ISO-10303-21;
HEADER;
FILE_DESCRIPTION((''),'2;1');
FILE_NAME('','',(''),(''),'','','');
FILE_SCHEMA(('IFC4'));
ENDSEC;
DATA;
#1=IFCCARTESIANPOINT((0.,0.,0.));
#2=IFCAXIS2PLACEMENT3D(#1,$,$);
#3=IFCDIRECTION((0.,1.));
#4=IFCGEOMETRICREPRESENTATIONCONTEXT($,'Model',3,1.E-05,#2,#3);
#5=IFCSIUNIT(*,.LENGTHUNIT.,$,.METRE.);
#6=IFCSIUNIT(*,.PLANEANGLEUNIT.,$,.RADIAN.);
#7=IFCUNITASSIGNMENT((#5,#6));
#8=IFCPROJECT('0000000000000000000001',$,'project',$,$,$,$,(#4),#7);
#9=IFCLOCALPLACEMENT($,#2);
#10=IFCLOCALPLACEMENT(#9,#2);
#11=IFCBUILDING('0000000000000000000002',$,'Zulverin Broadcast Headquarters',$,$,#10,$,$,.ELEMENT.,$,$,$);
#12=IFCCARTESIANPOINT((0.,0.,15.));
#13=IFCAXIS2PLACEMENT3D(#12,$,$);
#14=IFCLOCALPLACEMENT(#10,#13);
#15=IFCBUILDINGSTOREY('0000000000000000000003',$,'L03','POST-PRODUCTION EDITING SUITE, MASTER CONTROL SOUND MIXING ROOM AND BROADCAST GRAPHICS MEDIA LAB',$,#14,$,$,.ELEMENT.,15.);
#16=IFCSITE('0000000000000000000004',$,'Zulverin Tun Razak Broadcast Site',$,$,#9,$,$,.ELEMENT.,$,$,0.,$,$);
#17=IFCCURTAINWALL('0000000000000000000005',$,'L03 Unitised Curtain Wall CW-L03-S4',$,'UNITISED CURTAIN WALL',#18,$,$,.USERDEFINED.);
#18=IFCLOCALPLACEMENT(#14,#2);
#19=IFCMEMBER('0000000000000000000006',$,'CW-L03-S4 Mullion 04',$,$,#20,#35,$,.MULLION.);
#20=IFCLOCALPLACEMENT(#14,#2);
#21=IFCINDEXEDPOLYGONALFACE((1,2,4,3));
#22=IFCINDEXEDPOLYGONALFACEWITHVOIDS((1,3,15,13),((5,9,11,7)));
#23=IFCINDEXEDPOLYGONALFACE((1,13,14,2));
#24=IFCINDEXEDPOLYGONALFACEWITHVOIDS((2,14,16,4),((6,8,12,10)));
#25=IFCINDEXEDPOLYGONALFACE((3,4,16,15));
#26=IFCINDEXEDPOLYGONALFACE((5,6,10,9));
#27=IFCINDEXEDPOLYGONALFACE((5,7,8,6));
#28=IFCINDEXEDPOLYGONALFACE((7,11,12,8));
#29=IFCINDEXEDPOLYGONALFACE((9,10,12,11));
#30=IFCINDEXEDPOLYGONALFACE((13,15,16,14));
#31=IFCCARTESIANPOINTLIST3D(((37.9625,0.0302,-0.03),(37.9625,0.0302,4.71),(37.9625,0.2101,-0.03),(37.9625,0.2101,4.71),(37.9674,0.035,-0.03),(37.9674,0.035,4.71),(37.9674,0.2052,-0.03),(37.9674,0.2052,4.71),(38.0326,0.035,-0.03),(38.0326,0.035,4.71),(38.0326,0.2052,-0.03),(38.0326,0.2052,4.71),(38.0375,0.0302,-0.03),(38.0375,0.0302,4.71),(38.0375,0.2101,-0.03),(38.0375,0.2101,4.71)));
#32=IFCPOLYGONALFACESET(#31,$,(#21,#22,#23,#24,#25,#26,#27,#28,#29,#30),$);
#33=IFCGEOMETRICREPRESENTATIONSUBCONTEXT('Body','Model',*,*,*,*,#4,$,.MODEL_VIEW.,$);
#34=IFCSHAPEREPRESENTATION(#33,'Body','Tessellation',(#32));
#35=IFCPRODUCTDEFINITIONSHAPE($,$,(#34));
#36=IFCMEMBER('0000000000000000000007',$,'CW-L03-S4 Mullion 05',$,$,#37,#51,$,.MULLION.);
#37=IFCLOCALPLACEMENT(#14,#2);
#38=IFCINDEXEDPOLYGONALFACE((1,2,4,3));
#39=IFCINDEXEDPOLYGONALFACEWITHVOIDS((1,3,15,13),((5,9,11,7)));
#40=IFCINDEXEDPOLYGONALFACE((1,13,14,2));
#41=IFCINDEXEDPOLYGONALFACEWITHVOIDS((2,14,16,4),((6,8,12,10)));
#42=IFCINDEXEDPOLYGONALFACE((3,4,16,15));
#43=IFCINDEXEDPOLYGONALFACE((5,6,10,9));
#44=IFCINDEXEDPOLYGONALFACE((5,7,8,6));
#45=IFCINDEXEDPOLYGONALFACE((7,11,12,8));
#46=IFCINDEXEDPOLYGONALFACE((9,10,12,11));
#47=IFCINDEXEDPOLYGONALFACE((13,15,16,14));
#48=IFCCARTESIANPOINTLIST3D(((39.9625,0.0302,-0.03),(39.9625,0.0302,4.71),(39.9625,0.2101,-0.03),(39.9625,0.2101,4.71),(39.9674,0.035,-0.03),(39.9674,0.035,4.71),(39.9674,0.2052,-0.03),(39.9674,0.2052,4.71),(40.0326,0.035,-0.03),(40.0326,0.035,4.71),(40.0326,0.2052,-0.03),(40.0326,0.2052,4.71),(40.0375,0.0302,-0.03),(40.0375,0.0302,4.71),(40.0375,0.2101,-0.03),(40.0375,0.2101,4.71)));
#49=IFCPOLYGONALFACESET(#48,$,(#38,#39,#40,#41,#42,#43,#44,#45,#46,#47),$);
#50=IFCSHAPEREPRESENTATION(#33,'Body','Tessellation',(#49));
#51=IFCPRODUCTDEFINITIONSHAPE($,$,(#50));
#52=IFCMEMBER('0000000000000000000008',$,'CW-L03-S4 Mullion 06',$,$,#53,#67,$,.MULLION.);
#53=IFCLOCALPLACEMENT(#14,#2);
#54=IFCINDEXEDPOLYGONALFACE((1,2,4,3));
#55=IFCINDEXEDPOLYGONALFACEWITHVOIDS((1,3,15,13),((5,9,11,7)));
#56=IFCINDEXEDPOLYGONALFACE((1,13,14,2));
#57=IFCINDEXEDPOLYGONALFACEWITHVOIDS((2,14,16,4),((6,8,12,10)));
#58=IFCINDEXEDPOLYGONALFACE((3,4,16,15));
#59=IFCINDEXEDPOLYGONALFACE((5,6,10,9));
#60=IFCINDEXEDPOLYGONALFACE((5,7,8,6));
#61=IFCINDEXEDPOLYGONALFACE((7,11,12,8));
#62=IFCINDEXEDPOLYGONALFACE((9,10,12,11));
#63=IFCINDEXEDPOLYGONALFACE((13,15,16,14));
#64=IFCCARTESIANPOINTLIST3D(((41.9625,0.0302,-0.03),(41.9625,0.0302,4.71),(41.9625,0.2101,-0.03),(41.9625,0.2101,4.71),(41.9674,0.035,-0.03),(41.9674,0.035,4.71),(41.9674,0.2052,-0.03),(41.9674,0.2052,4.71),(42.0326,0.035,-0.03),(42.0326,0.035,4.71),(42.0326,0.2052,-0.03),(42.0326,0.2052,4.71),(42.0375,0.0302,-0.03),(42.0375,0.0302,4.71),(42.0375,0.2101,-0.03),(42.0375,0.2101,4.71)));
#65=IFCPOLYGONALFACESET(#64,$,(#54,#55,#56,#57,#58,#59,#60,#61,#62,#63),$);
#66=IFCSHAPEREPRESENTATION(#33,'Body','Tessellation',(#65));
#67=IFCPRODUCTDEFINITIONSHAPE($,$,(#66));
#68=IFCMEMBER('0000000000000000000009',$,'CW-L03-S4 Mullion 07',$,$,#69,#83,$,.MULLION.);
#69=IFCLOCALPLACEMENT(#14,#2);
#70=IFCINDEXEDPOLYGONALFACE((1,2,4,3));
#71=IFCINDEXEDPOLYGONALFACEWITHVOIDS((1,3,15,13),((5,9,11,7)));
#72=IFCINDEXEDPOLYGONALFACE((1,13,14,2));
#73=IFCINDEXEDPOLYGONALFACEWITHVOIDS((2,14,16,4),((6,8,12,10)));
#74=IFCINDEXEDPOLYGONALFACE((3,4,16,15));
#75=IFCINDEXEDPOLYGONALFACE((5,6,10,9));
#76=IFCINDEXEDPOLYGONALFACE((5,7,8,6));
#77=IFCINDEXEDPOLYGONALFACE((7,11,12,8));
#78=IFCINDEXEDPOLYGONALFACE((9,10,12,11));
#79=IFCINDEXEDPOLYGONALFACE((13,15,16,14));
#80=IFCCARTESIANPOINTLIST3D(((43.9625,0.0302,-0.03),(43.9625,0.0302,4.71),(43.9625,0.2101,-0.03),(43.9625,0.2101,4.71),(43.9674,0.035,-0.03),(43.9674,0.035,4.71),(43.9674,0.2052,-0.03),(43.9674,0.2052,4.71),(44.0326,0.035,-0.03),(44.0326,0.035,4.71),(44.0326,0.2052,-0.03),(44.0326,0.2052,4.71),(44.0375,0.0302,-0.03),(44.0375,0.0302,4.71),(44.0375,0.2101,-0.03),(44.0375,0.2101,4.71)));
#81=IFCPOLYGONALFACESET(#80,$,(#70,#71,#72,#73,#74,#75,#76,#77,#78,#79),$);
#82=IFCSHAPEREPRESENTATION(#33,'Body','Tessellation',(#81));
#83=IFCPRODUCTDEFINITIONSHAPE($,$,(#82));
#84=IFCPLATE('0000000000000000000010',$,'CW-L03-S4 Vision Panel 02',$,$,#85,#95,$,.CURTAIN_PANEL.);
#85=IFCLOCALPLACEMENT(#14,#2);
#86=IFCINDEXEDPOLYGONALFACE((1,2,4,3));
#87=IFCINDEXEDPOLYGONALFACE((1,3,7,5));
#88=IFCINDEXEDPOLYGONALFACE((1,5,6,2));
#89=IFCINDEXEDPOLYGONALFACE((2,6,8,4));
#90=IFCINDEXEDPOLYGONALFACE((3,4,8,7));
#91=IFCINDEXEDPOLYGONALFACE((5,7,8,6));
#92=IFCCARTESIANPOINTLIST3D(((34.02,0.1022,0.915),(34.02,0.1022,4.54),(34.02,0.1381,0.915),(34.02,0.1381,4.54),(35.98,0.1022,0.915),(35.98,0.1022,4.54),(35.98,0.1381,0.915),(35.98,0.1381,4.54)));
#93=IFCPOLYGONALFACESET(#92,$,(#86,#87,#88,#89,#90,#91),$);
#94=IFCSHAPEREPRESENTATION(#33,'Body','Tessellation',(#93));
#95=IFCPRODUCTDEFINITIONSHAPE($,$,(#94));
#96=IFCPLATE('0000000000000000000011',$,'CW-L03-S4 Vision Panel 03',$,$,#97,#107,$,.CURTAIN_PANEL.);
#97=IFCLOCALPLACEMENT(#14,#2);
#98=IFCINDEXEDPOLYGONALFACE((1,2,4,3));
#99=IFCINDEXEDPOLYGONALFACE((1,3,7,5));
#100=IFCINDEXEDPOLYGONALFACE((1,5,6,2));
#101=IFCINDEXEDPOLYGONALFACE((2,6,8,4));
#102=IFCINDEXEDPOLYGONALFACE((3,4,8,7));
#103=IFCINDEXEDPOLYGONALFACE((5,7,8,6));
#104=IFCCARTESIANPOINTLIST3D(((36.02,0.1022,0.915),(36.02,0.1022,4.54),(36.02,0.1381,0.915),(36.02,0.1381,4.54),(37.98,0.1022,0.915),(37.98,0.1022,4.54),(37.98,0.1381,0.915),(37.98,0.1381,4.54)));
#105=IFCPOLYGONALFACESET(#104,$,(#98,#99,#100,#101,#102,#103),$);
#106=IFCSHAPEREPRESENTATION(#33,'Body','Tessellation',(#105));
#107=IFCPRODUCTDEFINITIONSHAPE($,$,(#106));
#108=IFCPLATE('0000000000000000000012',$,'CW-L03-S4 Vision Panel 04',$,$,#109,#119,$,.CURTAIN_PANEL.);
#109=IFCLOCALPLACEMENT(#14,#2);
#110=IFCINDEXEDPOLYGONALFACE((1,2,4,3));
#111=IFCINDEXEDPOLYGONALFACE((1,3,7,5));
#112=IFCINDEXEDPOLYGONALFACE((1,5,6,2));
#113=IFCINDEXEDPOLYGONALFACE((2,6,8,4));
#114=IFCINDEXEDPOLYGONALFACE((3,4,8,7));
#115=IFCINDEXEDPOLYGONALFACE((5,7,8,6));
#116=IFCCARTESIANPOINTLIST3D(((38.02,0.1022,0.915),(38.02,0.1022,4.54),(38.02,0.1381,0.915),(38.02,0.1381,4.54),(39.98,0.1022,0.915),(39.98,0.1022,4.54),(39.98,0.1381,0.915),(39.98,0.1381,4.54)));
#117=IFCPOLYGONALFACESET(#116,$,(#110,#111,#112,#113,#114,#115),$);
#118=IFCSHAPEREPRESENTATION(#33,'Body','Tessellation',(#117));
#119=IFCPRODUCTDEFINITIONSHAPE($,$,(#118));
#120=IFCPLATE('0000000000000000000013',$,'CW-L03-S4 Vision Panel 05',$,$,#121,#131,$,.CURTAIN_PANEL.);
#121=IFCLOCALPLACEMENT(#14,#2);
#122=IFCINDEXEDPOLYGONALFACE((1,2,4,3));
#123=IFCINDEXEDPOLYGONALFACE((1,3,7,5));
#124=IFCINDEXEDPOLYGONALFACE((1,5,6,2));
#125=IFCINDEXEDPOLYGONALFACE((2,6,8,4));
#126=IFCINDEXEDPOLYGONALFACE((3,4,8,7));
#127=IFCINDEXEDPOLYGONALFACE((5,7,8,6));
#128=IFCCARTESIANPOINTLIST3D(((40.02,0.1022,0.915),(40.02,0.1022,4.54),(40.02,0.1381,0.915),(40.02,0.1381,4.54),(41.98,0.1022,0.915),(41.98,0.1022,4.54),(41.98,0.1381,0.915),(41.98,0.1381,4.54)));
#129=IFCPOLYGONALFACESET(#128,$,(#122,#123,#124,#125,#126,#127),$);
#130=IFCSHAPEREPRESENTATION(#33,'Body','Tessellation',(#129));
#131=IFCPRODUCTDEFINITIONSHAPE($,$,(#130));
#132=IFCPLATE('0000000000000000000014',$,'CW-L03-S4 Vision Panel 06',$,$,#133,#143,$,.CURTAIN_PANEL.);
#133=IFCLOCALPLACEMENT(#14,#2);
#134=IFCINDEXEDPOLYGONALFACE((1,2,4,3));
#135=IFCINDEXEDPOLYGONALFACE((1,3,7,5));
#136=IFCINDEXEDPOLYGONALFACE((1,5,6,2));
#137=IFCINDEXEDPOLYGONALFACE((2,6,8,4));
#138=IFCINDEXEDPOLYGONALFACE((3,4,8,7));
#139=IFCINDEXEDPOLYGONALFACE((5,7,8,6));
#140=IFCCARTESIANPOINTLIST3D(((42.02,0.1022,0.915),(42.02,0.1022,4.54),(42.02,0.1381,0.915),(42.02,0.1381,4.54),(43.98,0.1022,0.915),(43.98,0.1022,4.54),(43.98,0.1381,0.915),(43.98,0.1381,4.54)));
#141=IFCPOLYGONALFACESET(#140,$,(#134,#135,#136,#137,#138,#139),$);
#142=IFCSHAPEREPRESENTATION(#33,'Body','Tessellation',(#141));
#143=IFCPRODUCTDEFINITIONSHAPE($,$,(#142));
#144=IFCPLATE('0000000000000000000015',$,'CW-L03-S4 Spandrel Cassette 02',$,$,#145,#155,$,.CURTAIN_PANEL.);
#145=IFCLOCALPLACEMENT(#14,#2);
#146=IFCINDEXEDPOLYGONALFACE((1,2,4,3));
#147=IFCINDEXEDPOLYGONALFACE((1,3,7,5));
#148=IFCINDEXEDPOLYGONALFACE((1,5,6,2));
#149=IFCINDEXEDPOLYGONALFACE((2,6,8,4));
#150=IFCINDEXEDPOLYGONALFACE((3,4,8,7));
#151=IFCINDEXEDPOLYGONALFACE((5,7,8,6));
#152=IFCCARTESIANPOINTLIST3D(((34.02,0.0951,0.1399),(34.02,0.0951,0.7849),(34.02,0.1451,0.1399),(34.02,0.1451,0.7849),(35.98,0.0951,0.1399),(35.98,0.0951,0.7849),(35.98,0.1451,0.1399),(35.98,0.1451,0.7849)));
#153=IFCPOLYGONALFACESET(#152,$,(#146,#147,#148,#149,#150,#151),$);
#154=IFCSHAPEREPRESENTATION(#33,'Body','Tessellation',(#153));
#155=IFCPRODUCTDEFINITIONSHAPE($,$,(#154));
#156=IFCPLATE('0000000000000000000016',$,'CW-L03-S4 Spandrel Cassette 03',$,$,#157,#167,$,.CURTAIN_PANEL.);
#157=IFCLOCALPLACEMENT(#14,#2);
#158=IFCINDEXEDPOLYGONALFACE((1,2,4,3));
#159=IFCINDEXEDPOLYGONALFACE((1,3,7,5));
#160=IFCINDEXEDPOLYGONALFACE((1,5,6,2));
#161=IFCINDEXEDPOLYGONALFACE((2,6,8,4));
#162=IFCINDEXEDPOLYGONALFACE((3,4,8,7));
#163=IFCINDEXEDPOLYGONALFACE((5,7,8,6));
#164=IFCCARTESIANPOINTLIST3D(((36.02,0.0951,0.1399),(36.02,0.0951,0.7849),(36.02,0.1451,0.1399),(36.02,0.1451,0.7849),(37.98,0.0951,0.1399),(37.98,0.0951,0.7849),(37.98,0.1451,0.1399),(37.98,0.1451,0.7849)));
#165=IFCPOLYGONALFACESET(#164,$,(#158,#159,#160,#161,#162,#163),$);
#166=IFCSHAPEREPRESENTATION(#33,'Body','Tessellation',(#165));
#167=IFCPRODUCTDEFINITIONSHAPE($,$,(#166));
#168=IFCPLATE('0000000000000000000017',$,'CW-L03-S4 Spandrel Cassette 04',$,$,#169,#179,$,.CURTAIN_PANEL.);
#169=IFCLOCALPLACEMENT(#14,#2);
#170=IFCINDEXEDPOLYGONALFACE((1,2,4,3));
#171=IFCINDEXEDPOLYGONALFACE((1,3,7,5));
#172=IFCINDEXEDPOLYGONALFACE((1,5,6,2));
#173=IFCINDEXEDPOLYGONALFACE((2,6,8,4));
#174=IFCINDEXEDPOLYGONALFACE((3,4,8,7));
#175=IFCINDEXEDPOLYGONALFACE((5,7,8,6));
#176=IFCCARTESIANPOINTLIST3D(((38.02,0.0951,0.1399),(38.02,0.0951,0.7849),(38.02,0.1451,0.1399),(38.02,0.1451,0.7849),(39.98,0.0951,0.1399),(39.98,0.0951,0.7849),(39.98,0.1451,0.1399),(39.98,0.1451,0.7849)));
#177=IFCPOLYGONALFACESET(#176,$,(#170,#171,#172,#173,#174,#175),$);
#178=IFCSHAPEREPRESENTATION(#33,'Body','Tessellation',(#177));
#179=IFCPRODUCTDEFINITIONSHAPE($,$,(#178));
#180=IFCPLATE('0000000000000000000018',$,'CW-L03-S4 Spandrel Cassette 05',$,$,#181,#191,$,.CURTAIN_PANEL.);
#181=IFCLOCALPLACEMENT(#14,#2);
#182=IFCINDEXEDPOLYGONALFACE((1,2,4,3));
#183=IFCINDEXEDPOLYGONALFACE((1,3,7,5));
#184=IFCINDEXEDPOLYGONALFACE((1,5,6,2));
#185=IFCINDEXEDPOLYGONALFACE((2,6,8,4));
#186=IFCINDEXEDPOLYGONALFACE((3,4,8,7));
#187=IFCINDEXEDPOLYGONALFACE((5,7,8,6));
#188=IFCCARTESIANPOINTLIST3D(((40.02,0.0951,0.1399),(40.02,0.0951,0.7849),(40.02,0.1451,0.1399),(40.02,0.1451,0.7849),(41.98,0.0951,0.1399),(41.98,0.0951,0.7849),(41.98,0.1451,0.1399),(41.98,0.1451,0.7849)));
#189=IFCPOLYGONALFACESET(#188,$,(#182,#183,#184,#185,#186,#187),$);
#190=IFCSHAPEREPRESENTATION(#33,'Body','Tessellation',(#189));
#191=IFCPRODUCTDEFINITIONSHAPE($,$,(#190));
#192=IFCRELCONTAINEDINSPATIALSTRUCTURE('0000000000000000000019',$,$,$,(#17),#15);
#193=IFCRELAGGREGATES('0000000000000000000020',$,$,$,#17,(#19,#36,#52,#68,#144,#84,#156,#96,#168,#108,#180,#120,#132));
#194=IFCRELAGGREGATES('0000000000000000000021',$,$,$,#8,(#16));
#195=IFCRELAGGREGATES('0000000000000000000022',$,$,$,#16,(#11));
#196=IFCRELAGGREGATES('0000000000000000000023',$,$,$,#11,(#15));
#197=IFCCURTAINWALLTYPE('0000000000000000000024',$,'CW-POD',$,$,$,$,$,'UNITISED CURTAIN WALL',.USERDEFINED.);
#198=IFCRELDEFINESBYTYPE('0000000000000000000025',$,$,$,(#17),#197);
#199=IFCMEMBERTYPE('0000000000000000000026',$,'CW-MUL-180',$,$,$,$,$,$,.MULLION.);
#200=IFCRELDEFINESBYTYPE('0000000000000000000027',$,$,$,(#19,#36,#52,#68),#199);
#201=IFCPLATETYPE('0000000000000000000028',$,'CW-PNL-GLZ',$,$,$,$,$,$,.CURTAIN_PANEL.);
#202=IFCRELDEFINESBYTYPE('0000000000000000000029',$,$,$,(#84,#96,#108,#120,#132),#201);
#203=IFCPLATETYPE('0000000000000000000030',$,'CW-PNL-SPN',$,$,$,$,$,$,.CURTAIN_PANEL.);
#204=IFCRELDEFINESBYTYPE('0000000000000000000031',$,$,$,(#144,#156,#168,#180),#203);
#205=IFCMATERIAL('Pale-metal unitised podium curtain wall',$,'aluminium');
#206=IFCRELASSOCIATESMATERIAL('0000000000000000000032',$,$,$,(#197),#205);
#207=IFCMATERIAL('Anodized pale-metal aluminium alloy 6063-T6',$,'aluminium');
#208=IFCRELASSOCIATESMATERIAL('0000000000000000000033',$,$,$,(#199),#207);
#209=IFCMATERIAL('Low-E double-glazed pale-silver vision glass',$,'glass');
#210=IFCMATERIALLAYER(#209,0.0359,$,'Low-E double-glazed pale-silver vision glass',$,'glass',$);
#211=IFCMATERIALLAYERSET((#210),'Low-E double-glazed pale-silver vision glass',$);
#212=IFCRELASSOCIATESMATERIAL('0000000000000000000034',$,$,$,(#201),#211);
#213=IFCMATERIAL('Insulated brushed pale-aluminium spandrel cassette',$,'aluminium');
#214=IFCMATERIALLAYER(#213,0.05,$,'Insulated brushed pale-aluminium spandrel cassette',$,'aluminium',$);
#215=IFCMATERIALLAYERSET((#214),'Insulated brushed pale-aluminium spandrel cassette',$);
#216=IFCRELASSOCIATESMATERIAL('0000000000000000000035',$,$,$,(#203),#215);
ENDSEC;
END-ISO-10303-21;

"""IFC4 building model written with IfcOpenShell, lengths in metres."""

from ifc_helpers import new_model, si_unit, direction, frame, origin, origin_2d, place, context, subcontext, project, spatial, rectangle, hollow_rectangle, extrude, material, layer, layer_set, material_profile, profile_set, type_object, element, aggregate, save


model = new_model("IFC4")

# Units and contexts
model_context = context("Model", 3, precision=1e-05, world=origin(), true_north=direction((0.0, 1.0)))
body_context = subcontext(model_context, "Body", "Model", "MODEL_VIEW")
ifc_project = project(units=[si_unit("LENGTHUNIT", "METRE"), si_unit("PLANEANGLEUNIT", "RADIAN")], contexts=[model_context])

# Site, building, storey
site_placement = place(None, origin())
site = spatial("IfcSite", under=ifc_project, at=site_placement, Name="Zulverin Tun Razak Broadcast Site", CompositionType="ELEMENT", RefElevation=0.0)
building_placement = place(site_placement, origin())
building = spatial("IfcBuilding", under=site, at=building_placement, Name="Zulverin Broadcast Headquarters", CompositionType="ELEMENT")
storey_placement = place(building_placement, frame((0.0, 0.0, 15.0)))
storey = spatial("IfcBuildingStorey", under=building, at=storey_placement, Name="L03", Description="POST-PRODUCTION EDITING SUITE, MASTER CONTROL SOUND MIXING ROOM AND BROADCAST GRAPHICS MEDIA LAB", CompositionType="ELEMENT", Elevation=15.0)

# Curtain wall, members, plates
ifc_material_1 = material(Name="Pale-metal unitised podium curtain wall", Category="aluminium")
curtain_wall_type = type_object("IfcCurtainWallType", Name="CW-POD", ElementType="UNITISED CURTAIN WALL", PredefinedType="USERDEFINED", material=ifc_material_1)
curtain_wall_placement = place(storey_placement, origin())
curtain_wall = element("IfcCurtainWall", 1, at=curtain_wall_placement, inside=storey, type_object=curtain_wall_type, Name="L03 Unitised Curtain Wall CW-L03-S4", ObjectType="UNITISED CURTAIN WALL", PredefinedType="USERDEFINED")
ifc_material_2 = material(Name="Anodized pale-metal aluminium alloy 6063-T6", Category="aluminium")
ifc_material_profile_1 = material_profile(ifc_material_2, hollow_rectangle(XDim=0.075, YDim=0.1799, WallThickness=0.0049, at=origin_2d()), Name="Anodized pale-metal aluminium alloy 6063-T6", Category="aluminium")
ifc_profile_set_1 = profile_set([ifc_material_profile_1], Name="Anodized pale-metal aluminium alloy 6063-T6")
member_type = type_object("IfcMemberType", Name="CW-MUL-180", PredefinedType="MULLION", material=ifc_profile_set_1)
member_1_placement = place(storey_placement, frame((38.0, 0.1201, -0.03), z_axis=(0.0, 0.0, 1.0), x_axis=(1.0, 0.0, 0.0)))
member_1 = element("IfcMember", 2, at=member_1_placement, type_object=member_type, Name="CW-L03-S4 Mullion 04", PredefinedType="MULLION", context=body_context, shape_type="SweptSolid", body=[
    extrude(hollow_rectangle(XDim=0.075, YDim=0.1799, WallThickness=0.0049, at=origin_2d()), origin(), (0.0, 0.0, 1.0), 4.74),
])
member_2_placement = place(storey_placement, frame((40.0, 0.1201, -0.03), z_axis=(0.0, 0.0, 1.0), x_axis=(1.0, 0.0, 0.0)))
member_2 = element("IfcMember", 3, at=member_2_placement, type_object=member_type, Name="CW-L03-S4 Mullion 05", PredefinedType="MULLION", context=body_context, shape_type="SweptSolid", body=[
    extrude(hollow_rectangle(XDim=0.075, YDim=0.1799, WallThickness=0.0049, at=origin_2d()), origin(), (0.0, 0.0, 1.0), 4.74),
])
member_3_placement = place(storey_placement, frame((42.0, 0.1201, -0.03), z_axis=(0.0, 0.0, 1.0), x_axis=(1.0, 0.0, 0.0)))
member_3 = element("IfcMember", 4, at=member_3_placement, type_object=member_type, Name="CW-L03-S4 Mullion 06", PredefinedType="MULLION", context=body_context, shape_type="SweptSolid", body=[
    extrude(hollow_rectangle(XDim=0.075, YDim=0.1799, WallThickness=0.0049, at=origin_2d()), origin(), (0.0, 0.0, 1.0), 4.74),
])
member_4_placement = place(storey_placement, frame((44.0, 0.1201, -0.03), z_axis=(0.0, 0.0, 1.0), x_axis=(1.0, 0.0, 0.0)))
member_4 = element("IfcMember", 5, at=member_4_placement, type_object=member_type, Name="CW-L03-S4 Mullion 07", PredefinedType="MULLION", context=body_context, shape_type="SweptSolid", body=[
    extrude(hollow_rectangle(XDim=0.075, YDim=0.1799, WallThickness=0.0049, at=origin_2d()), origin(), (0.0, 0.0, 1.0), 4.74),
])
ifc_material_3 = material(Name="Low-E double-glazed pale-silver vision glass", Category="glass")
ifc_layer_1 = layer(ifc_material_3, 0.0359, Name="Low-E double-glazed pale-silver vision glass", Category="glass")
ifc_layer_set_1 = layer_set([ifc_layer_1], Name="Low-E double-glazed pale-silver vision glass")
plate_type_1 = type_object("IfcPlateType", Name="CW-PNL-GLZ", PredefinedType="CURTAIN_PANEL", material=ifc_layer_set_1)
plate_1_placement = place(storey_placement, frame((35.0, 0.1201, 0.915), z_axis=(0.0, 0.0, 1.0), x_axis=(1.0, 0.0, 0.0)))
plate_1 = element("IfcPlate", 6, at=plate_1_placement, type_object=plate_type_1, Name="CW-L03-S4 Vision Panel 02", PredefinedType="CURTAIN_PANEL", context=body_context, shape_type="SweptSolid", body=[
    extrude(rectangle(XDim=1.96, YDim=0.0359, at=origin_2d()), origin(), (0.0, 0.0, 1.0), 3.625),
])
plate_2_placement = place(storey_placement, frame((37.0, 0.1201, 0.915), z_axis=(0.0, 0.0, 1.0), x_axis=(1.0, 0.0, 0.0)))
plate_2 = element("IfcPlate", 7, at=plate_2_placement, type_object=plate_type_1, Name="CW-L03-S4 Vision Panel 03", PredefinedType="CURTAIN_PANEL", context=body_context, shape_type="SweptSolid", body=[
    extrude(rectangle(XDim=1.96, YDim=0.0359, at=origin_2d()), origin(), (0.0, 0.0, 1.0), 3.625),
])
plate_3_placement = place(storey_placement, frame((39.0, 0.1201, 0.915), z_axis=(0.0, 0.0, 1.0), x_axis=(1.0, 0.0, 0.0)))
plate_3 = element("IfcPlate", 8, at=plate_3_placement, type_object=plate_type_1, Name="CW-L03-S4 Vision Panel 04", PredefinedType="CURTAIN_PANEL", context=body_context, shape_type="SweptSolid", body=[
    extrude(rectangle(XDim=1.96, YDim=0.0359, at=origin_2d()), origin(), (0.0, 0.0, 1.0), 3.625),
])
plate_4_placement = place(storey_placement, frame((41.0, 0.1201, 0.915), z_axis=(0.0, 0.0, 1.0), x_axis=(1.0, 0.0, 0.0)))
plate_4 = element("IfcPlate", 9, at=plate_4_placement, type_object=plate_type_1, Name="CW-L03-S4 Vision Panel 05", PredefinedType="CURTAIN_PANEL", context=body_context, shape_type="SweptSolid", body=[
    extrude(rectangle(XDim=1.96, YDim=0.0359, at=origin_2d()), origin(), (0.0, 0.0, 1.0), 3.625),
])
plate_5_placement = place(storey_placement, frame((43.0, 0.1201, 0.915), z_axis=(0.0, 0.0, 1.0), x_axis=(1.0, 0.0, 0.0)))
plate_5 = element("IfcPlate", 10, at=plate_5_placement, type_object=plate_type_1, Name="CW-L03-S4 Vision Panel 06", PredefinedType="CURTAIN_PANEL", context=body_context, shape_type="SweptSolid", body=[
    extrude(rectangle(XDim=1.96, YDim=0.0359, at=origin_2d()), origin(), (0.0, 0.0, 1.0), 3.625),
])
ifc_material_4 = material(Name="Insulated brushed pale-aluminium spandrel cassette", Category="aluminium")
ifc_layer_2 = layer(ifc_material_4, 0.05, Name="Insulated brushed pale-aluminium spandrel cassette", Category="aluminium")
ifc_layer_set_2 = layer_set([ifc_layer_2], Name="Insulated brushed pale-aluminium spandrel cassette")
plate_type_2 = type_object("IfcPlateType", Name="CW-PNL-SPN", PredefinedType="CURTAIN_PANEL", material=ifc_layer_set_2)
plate_6_placement = place(storey_placement, frame((35.0, 0.1201, 0.1399), z_axis=(0.0, 0.0, 1.0), x_axis=(1.0, 0.0, 0.0)))
plate_6 = element("IfcPlate", 11, at=plate_6_placement, type_object=plate_type_2, Name="CW-L03-S4 Spandrel Cassette 02", PredefinedType="CURTAIN_PANEL", context=body_context, shape_type="SweptSolid", body=[
    extrude(rectangle(XDim=1.96, YDim=0.05, at=origin_2d()), origin(), (0.0, 0.0, 1.0), 0.645),
])
plate_7_placement = place(storey_placement, frame((37.0, 0.1201, 0.1399), z_axis=(0.0, 0.0, 1.0), x_axis=(1.0, 0.0, 0.0)))
plate_7 = element("IfcPlate", 12, at=plate_7_placement, type_object=plate_type_2, Name="CW-L03-S4 Spandrel Cassette 03", PredefinedType="CURTAIN_PANEL", context=body_context, shape_type="SweptSolid", body=[
    extrude(rectangle(XDim=1.96, YDim=0.05, at=origin_2d()), origin(), (0.0, 0.0, 1.0), 0.645),
])
plate_8_placement = place(storey_placement, frame((39.0, 0.1201, 0.1399), z_axis=(0.0, 0.0, 1.0), x_axis=(1.0, 0.0, 0.0)))
plate_8 = element("IfcPlate", 13, at=plate_8_placement, type_object=plate_type_2, Name="CW-L03-S4 Spandrel Cassette 04", PredefinedType="CURTAIN_PANEL", context=body_context, shape_type="SweptSolid", body=[
    extrude(rectangle(XDim=1.96, YDim=0.05, at=origin_2d()), origin(), (0.0, 0.0, 1.0), 0.645),
])
plate_9_placement = place(storey_placement, frame((41.0, 0.1201, 0.1399), z_axis=(0.0, 0.0, 1.0), x_axis=(1.0, 0.0, 0.0)))
plate_9 = element("IfcPlate", 14, at=plate_9_placement, type_object=plate_type_2, Name="CW-L03-S4 Spandrel Cassette 05", PredefinedType="CURTAIN_PANEL", context=body_context, shape_type="SweptSolid", body=[
    extrude(rectangle(XDim=1.96, YDim=0.05, at=origin_2d()), origin(), (0.0, 0.0, 1.0), 0.645),
])
aggregate(curtain_wall, [member_1, member_2, member_3, member_4, plate_6, plate_1, plate_7, plate_2, plate_8, plate_3, plate_9, plate_4, plate_5])

save(model, "model.ifc")
